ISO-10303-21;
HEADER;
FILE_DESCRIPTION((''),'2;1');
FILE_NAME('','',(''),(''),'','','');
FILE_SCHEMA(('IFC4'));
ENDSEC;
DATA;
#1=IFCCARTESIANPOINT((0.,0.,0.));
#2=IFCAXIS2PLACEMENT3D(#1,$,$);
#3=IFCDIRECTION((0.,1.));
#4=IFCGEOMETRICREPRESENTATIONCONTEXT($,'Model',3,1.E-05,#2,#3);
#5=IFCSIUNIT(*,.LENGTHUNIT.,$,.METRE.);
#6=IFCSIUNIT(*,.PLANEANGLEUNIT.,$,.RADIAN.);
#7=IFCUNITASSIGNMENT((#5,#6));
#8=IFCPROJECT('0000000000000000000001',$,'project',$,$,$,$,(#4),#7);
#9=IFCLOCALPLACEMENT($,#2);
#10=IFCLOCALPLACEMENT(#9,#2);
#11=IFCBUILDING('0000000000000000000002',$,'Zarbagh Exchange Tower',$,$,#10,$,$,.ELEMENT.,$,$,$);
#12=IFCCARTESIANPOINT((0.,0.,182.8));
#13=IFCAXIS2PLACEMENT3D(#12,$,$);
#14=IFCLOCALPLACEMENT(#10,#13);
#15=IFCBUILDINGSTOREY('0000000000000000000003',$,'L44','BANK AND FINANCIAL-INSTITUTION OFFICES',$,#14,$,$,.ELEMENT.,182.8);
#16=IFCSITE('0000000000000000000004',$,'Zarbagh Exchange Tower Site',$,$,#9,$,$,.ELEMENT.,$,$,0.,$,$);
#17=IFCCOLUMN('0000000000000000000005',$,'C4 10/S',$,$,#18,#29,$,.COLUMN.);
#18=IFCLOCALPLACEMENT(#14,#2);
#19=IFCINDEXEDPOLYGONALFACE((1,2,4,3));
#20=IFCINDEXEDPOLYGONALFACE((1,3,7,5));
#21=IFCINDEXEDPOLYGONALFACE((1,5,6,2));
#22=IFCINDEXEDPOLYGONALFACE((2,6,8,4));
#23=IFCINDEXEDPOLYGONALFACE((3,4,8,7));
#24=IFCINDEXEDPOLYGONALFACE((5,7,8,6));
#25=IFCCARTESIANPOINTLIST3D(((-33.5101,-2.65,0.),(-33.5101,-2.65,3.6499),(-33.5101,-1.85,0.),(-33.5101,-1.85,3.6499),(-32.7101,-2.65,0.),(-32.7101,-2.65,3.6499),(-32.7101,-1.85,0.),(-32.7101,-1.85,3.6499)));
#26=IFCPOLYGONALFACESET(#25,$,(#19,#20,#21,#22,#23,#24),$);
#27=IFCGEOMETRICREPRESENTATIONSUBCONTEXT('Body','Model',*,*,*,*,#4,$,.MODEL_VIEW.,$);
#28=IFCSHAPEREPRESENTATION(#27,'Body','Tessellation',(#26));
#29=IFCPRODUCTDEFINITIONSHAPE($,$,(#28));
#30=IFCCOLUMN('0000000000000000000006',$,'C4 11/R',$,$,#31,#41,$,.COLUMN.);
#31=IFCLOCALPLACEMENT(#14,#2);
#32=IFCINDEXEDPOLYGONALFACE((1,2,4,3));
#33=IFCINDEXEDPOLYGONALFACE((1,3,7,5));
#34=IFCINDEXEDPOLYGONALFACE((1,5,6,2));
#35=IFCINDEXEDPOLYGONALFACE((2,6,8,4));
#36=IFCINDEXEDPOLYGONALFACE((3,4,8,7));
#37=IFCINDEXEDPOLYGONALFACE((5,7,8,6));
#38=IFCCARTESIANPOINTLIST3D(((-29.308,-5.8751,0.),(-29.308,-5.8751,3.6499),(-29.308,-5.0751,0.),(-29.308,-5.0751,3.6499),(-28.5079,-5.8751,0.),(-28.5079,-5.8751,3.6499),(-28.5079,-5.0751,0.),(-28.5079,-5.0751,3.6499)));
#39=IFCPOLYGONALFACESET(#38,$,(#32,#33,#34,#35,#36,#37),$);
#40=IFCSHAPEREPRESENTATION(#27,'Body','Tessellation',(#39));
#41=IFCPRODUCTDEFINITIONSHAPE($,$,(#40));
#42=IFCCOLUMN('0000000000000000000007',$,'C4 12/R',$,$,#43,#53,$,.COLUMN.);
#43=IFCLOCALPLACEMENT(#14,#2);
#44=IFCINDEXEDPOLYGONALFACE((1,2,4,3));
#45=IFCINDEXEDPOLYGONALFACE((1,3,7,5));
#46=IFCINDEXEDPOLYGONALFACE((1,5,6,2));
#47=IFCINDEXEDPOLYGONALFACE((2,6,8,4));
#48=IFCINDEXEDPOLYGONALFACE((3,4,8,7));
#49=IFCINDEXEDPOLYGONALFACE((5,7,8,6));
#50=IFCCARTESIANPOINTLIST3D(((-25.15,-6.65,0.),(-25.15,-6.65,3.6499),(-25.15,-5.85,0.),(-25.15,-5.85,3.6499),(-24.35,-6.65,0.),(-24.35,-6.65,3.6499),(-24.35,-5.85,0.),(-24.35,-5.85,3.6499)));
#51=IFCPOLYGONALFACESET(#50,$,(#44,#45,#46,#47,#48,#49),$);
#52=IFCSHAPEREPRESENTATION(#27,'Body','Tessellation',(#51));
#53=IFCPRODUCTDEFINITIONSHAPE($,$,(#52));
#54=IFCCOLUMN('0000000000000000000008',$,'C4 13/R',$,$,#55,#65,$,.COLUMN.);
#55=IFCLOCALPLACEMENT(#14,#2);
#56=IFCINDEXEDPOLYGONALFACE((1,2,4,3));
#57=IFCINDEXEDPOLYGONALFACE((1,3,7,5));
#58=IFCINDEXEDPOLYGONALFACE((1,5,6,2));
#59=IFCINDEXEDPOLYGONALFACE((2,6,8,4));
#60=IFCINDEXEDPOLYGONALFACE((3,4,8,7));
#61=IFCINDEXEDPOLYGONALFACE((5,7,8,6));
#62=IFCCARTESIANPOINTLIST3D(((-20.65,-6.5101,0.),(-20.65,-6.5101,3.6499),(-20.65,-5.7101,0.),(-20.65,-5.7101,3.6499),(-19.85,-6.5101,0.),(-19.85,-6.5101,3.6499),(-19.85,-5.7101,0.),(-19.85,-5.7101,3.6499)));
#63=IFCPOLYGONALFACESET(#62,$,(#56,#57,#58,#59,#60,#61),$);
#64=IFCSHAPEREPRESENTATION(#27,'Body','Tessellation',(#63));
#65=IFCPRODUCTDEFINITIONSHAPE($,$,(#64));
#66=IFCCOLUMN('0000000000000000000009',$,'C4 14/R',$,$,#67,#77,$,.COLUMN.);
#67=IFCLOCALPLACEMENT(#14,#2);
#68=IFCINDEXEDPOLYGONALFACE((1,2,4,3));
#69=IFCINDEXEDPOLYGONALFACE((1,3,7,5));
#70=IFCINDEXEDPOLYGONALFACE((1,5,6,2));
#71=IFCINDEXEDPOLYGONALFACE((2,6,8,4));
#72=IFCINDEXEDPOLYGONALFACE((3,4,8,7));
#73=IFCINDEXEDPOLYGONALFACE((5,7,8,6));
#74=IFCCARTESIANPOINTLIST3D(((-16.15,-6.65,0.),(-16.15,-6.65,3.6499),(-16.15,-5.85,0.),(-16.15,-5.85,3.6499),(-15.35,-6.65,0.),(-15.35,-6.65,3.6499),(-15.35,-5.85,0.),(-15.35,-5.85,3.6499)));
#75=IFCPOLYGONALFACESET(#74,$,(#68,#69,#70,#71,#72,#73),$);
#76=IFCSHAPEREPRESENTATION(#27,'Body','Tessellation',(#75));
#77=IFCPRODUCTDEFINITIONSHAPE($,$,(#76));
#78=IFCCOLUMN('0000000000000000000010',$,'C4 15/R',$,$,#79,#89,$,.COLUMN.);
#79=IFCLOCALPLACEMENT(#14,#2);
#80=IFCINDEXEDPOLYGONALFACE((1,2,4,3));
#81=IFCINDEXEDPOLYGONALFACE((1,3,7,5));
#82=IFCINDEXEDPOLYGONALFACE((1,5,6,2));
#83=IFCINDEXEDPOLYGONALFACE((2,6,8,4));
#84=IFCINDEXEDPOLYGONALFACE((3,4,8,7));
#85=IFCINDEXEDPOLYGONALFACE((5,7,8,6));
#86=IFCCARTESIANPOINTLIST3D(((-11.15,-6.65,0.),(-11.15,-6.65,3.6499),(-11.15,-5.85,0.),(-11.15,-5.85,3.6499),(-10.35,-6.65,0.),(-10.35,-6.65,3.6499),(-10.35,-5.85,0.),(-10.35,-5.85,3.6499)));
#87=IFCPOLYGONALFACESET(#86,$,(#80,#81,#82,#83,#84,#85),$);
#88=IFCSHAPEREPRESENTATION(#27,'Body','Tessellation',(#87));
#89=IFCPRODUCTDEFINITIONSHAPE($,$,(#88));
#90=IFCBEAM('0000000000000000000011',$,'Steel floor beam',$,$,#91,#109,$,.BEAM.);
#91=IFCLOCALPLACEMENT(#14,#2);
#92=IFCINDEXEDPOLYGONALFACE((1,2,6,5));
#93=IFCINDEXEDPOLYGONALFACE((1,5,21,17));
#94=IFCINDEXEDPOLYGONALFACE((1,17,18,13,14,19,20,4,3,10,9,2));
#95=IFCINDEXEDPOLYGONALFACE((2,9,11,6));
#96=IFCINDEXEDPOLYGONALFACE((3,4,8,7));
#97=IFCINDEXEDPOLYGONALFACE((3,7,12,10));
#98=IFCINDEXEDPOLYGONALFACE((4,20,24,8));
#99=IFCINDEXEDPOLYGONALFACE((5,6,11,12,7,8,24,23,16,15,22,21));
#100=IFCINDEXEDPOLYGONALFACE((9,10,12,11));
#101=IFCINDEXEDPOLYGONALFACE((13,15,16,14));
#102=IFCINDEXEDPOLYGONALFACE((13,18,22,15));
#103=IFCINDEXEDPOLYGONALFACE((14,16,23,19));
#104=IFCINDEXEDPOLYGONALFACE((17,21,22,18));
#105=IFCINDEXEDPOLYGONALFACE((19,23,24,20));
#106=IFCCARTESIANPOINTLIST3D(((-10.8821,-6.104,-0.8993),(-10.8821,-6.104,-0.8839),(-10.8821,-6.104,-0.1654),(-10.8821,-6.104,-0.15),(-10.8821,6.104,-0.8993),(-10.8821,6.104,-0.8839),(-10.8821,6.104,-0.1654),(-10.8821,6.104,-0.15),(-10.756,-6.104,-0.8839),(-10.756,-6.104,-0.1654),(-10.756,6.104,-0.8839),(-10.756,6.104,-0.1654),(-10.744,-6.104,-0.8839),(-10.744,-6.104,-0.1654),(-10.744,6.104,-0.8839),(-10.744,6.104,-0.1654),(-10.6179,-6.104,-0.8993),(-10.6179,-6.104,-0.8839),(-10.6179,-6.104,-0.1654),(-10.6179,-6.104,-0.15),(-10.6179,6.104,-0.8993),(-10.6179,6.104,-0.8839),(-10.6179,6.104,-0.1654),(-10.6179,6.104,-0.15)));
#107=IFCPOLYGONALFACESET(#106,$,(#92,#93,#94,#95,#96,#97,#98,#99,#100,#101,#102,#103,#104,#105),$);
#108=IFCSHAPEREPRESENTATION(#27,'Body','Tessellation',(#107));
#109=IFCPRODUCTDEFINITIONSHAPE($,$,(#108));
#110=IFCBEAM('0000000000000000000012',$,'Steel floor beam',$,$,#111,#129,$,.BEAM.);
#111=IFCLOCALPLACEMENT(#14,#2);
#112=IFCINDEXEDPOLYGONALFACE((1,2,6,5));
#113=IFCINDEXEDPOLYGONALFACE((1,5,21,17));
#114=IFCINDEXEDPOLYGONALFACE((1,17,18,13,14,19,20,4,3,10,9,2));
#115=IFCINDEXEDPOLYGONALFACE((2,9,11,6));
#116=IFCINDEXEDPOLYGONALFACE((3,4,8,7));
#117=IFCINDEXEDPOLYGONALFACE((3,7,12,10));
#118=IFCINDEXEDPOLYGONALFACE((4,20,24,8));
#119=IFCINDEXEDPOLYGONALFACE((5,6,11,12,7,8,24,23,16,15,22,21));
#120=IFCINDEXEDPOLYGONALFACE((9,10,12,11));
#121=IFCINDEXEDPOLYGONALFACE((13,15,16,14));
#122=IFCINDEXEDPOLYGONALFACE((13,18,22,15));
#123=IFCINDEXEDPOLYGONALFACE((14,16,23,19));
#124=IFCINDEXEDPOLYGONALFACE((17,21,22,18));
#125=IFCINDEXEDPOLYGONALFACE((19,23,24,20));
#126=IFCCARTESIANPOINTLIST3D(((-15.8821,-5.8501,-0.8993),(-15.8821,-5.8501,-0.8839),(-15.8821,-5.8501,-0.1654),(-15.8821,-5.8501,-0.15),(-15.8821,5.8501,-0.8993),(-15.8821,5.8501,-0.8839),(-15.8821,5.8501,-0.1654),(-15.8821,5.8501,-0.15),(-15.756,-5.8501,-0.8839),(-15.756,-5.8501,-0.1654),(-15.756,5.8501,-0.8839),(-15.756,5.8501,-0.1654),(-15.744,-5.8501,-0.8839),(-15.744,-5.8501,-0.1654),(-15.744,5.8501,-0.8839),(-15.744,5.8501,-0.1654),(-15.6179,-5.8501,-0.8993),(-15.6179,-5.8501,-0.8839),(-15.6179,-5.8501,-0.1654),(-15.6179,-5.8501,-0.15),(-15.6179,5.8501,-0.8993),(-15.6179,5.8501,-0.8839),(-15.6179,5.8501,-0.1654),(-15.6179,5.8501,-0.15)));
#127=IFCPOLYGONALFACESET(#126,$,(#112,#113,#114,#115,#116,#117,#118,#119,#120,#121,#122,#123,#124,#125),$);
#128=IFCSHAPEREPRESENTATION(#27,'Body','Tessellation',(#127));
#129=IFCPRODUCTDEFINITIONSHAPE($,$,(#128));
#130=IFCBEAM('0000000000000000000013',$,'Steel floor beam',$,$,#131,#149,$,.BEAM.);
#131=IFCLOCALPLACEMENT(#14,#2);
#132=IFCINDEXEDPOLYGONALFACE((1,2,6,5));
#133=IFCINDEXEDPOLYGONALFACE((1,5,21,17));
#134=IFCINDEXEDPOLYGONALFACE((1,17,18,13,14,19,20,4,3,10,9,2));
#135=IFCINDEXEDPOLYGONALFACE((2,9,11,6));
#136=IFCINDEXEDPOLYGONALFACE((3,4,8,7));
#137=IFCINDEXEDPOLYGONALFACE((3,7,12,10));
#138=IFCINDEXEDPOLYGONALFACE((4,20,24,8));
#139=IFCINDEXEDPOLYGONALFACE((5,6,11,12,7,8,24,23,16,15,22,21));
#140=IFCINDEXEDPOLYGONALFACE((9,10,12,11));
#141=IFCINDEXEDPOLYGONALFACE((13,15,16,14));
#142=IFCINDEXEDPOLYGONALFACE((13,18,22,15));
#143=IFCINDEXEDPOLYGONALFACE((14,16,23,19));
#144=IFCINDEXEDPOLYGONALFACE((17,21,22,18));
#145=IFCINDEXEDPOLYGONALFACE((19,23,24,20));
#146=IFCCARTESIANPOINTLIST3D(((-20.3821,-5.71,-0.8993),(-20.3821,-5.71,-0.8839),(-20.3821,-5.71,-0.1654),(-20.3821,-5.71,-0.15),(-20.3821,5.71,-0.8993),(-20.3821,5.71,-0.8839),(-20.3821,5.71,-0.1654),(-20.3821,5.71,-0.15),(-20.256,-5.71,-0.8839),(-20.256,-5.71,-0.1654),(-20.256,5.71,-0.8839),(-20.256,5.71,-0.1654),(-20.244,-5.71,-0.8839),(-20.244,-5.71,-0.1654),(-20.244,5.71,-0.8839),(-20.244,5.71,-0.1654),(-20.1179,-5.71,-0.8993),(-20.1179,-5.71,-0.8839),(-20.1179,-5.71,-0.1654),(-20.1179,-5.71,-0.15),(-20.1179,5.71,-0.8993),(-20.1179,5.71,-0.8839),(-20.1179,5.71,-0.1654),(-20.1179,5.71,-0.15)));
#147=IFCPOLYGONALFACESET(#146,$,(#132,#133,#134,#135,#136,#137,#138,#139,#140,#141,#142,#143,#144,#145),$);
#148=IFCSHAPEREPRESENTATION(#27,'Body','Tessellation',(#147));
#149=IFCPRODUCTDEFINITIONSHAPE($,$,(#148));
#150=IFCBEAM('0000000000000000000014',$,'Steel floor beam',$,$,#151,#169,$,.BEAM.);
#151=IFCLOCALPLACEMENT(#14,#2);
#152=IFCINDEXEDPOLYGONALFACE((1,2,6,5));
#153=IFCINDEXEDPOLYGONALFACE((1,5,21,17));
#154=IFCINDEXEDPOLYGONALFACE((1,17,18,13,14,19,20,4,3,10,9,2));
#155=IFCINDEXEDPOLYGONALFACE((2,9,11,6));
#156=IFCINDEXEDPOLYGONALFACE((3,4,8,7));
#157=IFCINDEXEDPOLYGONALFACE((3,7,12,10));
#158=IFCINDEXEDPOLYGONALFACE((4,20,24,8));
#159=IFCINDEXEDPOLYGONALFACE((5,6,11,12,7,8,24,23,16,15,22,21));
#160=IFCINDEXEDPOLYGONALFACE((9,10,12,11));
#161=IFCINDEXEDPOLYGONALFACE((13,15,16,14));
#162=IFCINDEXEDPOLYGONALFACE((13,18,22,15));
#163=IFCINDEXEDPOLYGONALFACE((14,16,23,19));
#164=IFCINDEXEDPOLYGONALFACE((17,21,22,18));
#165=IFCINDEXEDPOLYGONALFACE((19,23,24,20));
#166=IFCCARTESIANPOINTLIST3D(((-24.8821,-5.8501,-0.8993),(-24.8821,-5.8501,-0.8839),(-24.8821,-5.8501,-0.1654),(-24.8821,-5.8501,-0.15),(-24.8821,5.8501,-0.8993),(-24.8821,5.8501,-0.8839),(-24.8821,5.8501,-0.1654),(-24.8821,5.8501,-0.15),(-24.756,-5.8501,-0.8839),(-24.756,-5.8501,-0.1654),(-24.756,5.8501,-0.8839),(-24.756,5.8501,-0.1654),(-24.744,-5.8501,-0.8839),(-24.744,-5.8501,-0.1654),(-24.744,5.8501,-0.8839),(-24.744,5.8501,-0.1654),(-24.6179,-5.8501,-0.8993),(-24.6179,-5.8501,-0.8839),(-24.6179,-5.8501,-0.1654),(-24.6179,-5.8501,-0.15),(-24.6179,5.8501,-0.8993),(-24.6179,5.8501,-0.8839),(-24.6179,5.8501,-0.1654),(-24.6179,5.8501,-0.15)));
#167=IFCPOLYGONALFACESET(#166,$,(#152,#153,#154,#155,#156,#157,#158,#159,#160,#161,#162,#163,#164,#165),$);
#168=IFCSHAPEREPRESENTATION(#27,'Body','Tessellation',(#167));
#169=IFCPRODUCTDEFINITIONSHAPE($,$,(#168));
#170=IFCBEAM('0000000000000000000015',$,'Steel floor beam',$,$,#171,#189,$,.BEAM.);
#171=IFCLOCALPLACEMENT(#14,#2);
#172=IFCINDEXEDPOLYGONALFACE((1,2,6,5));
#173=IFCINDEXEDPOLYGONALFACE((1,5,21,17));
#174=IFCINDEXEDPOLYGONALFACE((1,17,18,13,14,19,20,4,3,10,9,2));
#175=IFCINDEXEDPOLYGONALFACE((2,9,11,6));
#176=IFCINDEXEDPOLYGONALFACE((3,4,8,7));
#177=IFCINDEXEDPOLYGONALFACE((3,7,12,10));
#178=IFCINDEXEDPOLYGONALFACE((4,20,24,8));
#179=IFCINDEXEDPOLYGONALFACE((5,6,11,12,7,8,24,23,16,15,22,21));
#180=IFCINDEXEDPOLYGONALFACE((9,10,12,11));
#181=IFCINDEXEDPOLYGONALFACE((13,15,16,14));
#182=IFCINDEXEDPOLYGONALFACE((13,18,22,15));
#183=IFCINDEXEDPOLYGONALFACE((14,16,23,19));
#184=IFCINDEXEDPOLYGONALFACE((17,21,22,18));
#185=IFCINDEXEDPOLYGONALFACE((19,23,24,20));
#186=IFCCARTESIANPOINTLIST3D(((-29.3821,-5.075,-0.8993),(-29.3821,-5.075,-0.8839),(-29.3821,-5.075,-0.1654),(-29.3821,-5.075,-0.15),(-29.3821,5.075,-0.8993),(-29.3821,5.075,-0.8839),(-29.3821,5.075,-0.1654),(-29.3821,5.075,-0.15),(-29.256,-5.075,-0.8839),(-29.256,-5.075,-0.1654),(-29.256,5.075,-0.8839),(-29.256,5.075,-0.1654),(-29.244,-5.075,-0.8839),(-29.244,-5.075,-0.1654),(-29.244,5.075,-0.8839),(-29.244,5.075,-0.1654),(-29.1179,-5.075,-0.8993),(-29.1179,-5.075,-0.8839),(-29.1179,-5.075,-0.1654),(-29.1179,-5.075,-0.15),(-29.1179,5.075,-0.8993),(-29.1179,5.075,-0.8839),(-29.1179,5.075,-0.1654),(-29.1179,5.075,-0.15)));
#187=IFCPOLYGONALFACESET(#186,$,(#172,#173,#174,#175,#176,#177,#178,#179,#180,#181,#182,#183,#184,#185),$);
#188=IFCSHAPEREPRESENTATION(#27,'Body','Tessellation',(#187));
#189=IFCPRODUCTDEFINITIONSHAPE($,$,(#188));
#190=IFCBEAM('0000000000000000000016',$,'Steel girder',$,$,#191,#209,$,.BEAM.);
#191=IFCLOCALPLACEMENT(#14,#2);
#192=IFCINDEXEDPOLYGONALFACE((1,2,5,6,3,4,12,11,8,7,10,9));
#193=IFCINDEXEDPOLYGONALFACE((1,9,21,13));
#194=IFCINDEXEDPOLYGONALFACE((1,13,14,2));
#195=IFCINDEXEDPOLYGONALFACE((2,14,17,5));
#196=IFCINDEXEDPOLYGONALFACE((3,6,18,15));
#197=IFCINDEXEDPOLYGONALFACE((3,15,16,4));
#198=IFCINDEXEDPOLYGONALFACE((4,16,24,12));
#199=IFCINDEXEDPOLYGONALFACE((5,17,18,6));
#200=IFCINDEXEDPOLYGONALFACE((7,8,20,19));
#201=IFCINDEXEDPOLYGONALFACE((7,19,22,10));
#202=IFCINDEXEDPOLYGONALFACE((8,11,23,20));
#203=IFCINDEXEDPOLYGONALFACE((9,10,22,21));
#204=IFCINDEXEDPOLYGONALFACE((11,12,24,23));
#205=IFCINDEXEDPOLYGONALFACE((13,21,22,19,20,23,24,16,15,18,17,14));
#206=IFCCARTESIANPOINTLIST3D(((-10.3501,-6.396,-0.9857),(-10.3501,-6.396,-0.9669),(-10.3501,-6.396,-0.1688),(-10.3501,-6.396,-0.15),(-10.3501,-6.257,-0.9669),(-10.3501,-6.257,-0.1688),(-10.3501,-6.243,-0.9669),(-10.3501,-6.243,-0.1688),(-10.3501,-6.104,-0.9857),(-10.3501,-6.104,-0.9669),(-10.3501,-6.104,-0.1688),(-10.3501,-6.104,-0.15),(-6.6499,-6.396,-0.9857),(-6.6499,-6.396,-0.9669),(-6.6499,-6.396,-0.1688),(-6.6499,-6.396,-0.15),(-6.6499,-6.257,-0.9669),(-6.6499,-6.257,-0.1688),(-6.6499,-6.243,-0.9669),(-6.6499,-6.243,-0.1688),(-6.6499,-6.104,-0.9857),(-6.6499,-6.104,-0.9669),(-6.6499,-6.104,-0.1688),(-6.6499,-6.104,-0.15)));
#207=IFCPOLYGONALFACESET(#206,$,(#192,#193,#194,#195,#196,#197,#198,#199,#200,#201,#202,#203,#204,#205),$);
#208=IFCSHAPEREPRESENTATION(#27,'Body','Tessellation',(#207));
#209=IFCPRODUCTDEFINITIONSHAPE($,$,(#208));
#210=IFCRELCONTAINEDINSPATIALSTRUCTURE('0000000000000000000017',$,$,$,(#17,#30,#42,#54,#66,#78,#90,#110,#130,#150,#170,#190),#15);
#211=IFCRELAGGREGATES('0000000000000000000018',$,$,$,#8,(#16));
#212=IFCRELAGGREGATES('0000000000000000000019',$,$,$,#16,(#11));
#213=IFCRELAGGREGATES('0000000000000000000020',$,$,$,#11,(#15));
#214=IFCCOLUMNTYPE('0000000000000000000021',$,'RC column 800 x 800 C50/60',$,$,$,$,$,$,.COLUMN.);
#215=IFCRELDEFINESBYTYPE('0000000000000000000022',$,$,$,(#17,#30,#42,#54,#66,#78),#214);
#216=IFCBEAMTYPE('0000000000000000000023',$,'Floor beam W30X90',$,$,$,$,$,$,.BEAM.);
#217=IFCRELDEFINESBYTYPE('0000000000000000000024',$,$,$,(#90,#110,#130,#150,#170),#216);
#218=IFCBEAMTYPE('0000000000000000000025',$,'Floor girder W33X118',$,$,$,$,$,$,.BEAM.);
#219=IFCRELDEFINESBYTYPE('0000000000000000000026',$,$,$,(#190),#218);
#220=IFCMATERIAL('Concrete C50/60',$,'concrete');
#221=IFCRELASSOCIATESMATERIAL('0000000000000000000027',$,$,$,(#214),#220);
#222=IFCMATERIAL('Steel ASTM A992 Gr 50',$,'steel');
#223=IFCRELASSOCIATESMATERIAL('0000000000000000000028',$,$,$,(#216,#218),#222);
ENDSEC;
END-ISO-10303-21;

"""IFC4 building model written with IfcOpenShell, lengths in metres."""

from ifc_helpers import new_model, si_unit, direction, frame, origin, origin_2d, place, context, subcontext, project, spatial, rectangle, i_section, extrude, material, material_profile, profile_set, type_object, element, save


model = new_model("IFC4")

# Units and contexts
model_context = context("Model", 3, precision=1e-05, world=origin(), true_north=direction((0.0, 1.0)))
body_context = subcontext(model_context, "Body", "Model", "MODEL_VIEW")
ifc_project = project(units=[si_unit("LENGTHUNIT", "METRE"), si_unit("PLANEANGLEUNIT", "RADIAN")], contexts=[model_context])

# Site, building, storey
site_placement = place(None, origin())
site = spatial("IfcSite", under=ifc_project, at=site_placement, Name="Zarbagh Exchange Tower Site", CompositionType="ELEMENT", RefElevation=0.0)
building_placement = place(site_placement, origin())
building = spatial("IfcBuilding", under=site, at=building_placement, Name="Zarbagh Exchange Tower", CompositionType="ELEMENT")
storey_placement = place(building_placement, frame((0.0, 0.0, 182.8)))
storey = spatial("IfcBuildingStorey", under=building, at=storey_placement, Name="L44", Description="BANK AND FINANCIAL-INSTITUTION OFFICES", CompositionType="ELEMENT", Elevation=182.8)

# Columns
ifc_material_1 = material(Name="Concrete C50/60", Category="concrete")
ifc_material_profile_1 = material_profile(ifc_material_1, rectangle(XDim=0.8, YDim=0.8, at=origin_2d()), Name="RC column 800 x 800 C50/60")
ifc_profile_set_1 = profile_set([ifc_material_profile_1], Name="Concrete C50/60")
column_type = type_object("IfcColumnType", Name="RC column 800 x 800 C50/60", PredefinedType="COLUMN", material=ifc_profile_set_1)
for number, where, z_axis, x_axis, name in (
    (1, (-33.1101, -2.25, 0.0), (0.0, 0.0, 1.0), (1.0, 0.0, 0.0), "C4 10/S"),
    (2, (-28.908, -5.4751, 0.0), (0.0, 0.0, 1.0), (1.0, 0.0, 0.0), "C4 11/R"),
    (3, (-24.75, -6.25, 0.0), (0.0, 0.0, 1.0), (1.0, 0.0, 0.0), "C4 12/R"),
    (4, (-20.25, -6.1101, 0.0), (0.0, 0.0, 1.0), (1.0, 0.0, 0.0), "C4 13/R"),
    (5, (-15.75, -6.25, 0.0), (0.0, 0.0, 1.0), (1.0, 0.0, 0.0), "C4 14/R"),
    (6, (-10.75, -6.25, 0.0), (0.0, 0.0, 1.0), (1.0, 0.0, 0.0), "C4 15/R"),
):
    element("IfcColumn", number, at=place(storey_placement, frame(where, z_axis=z_axis, x_axis=x_axis)), inside=storey, type_object=column_type, Name=name, PredefinedType="COLUMN", context=body_context, shape_type="SweptSolid", body=[
        extrude(rectangle(XDim=0.8, YDim=0.8, at=origin_2d()), origin(), (0.0, 0.0, 1.0), 3.6499),
    ])

# Beams
ifc_material_2 = material(Name="Steel ASTM A992 Gr 50", Category="steel")
ifc_material_profile_2 = material_profile(ifc_material_2, i_section(OverallWidth=0.2642, OverallDepth=0.7493, WebThickness=0.012, FlangeThickness=0.0154, at=origin_2d()), Name="W30X90")
ifc_profile_set_2 = profile_set([ifc_material_profile_2], Name="Steel ASTM A992 Gr 50")
beam_type_1 = type_object("IfcBeamType", Name="Floor beam W30X90", PredefinedType="BEAM", material=ifc_profile_set_2)
beam_1_placement = place(storey_placement, frame((-10.75, -6.104, -0.5247), z_axis=(0.0, 1.0, 0.0), x_axis=(-1.0, 0.0, 0.0)))
element("IfcBeam", 7, at=beam_1_placement, inside=storey, type_object=beam_type_1, Name="Steel floor beam", PredefinedType="BEAM", context=body_context, shape_type="SweptSolid", body=[
    extrude(i_section(OverallWidth=0.2642, OverallDepth=0.7493, WebThickness=0.012, FlangeThickness=0.0154, at=origin_2d()), origin(), (0.0, 0.0, 1.0), 12.208),
])
beam_2_placement = place(storey_placement, frame((-15.75, -5.8501, -0.5247), z_axis=(0.0, 1.0, 0.0), x_axis=(-1.0, 0.0, 0.0)))
element("IfcBeam", 8, at=beam_2_placement, inside=storey, type_object=beam_type_1, Name="Steel floor beam", PredefinedType="BEAM", context=body_context, shape_type="SweptSolid", body=[
    extrude(i_section(OverallWidth=0.2642, OverallDepth=0.7493, WebThickness=0.012, FlangeThickness=0.0154, at=origin_2d()), origin(), (0.0, 0.0, 1.0), 11.7002),
])
beam_3_placement = place(storey_placement, frame((-20.25, -5.71, -0.5247), z_axis=(0.0, 1.0, 0.0), x_axis=(-1.0, 0.0, 0.0)))
element("IfcBeam", 9, at=beam_3_placement, inside=storey, type_object=beam_type_1, Name="Steel floor beam", PredefinedType="BEAM", context=body_context, shape_type="SweptSolid", body=[
    extrude(i_section(OverallWidth=0.2642, OverallDepth=0.7493, WebThickness=0.012, FlangeThickness=0.0154, at=origin_2d()), origin(), (0.0, 0.0, 1.0), 11.4199),
])
beam_4_placement = place(storey_placement, frame((-24.75, -5.8501, -0.5247), z_axis=(0.0, 1.0, 0.0), x_axis=(-1.0, 0.0, 0.0)))
element("IfcBeam", 10, at=beam_4_placement, inside=storey, type_object=beam_type_1, Name="Steel floor beam", PredefinedType="BEAM", context=body_context, shape_type="SweptSolid", body=[
    extrude(i_section(OverallWidth=0.2642, OverallDepth=0.7493, WebThickness=0.012, FlangeThickness=0.0154, at=origin_2d()), origin(), (0.0, 0.0, 1.0), 11.7002),
])
beam_5_placement = place(storey_placement, frame((-29.25, -5.075, -0.5247), z_axis=(0.0, 1.0, 0.0), x_axis=(-1.0, 0.0, 0.0)))
element("IfcBeam", 11, at=beam_5_placement, inside=storey, type_object=beam_type_1, Name="Steel floor beam", PredefinedType="BEAM", context=body_context, shape_type="SweptSolid", body=[
    extrude(i_section(OverallWidth=0.2642, OverallDepth=0.7493, WebThickness=0.012, FlangeThickness=0.0154, at=origin_2d()), origin(), (0.0, 0.0, 1.0), 10.1499),
])
ifc_material_profile_3 = material_profile(ifc_material_2, i_section(OverallWidth=0.292, OverallDepth=0.8357, WebThickness=0.0139, FlangeThickness=0.0188, at=origin_2d()), Name="W33X118")
ifc_profile_set_3 = profile_set([ifc_material_profile_3], Name="Steel ASTM A992 Gr 50")
beam_type_2 = type_object("IfcBeamType", Name="Floor girder W33X118", PredefinedType="BEAM", material=ifc_profile_set_3)
beam_6_placement = place(storey_placement, frame((-10.3501, -6.25, -0.5679), z_axis=(1.0, 0.0, 0.0), x_axis=(0.0, 1.0, 0.0)))
element("IfcBeam", 12, at=beam_6_placement, inside=storey, type_object=beam_type_2, Name="Steel girder", PredefinedType="BEAM", context=body_context, shape_type="SweptSolid", body=[
    extrude(i_section(OverallWidth=0.292, OverallDepth=0.8357, WebThickness=0.0139, FlangeThickness=0.0188, at=origin_2d()), origin(), (0.0, 0.0, 1.0), 3.7002),
])

save(model, "model.ifc")
